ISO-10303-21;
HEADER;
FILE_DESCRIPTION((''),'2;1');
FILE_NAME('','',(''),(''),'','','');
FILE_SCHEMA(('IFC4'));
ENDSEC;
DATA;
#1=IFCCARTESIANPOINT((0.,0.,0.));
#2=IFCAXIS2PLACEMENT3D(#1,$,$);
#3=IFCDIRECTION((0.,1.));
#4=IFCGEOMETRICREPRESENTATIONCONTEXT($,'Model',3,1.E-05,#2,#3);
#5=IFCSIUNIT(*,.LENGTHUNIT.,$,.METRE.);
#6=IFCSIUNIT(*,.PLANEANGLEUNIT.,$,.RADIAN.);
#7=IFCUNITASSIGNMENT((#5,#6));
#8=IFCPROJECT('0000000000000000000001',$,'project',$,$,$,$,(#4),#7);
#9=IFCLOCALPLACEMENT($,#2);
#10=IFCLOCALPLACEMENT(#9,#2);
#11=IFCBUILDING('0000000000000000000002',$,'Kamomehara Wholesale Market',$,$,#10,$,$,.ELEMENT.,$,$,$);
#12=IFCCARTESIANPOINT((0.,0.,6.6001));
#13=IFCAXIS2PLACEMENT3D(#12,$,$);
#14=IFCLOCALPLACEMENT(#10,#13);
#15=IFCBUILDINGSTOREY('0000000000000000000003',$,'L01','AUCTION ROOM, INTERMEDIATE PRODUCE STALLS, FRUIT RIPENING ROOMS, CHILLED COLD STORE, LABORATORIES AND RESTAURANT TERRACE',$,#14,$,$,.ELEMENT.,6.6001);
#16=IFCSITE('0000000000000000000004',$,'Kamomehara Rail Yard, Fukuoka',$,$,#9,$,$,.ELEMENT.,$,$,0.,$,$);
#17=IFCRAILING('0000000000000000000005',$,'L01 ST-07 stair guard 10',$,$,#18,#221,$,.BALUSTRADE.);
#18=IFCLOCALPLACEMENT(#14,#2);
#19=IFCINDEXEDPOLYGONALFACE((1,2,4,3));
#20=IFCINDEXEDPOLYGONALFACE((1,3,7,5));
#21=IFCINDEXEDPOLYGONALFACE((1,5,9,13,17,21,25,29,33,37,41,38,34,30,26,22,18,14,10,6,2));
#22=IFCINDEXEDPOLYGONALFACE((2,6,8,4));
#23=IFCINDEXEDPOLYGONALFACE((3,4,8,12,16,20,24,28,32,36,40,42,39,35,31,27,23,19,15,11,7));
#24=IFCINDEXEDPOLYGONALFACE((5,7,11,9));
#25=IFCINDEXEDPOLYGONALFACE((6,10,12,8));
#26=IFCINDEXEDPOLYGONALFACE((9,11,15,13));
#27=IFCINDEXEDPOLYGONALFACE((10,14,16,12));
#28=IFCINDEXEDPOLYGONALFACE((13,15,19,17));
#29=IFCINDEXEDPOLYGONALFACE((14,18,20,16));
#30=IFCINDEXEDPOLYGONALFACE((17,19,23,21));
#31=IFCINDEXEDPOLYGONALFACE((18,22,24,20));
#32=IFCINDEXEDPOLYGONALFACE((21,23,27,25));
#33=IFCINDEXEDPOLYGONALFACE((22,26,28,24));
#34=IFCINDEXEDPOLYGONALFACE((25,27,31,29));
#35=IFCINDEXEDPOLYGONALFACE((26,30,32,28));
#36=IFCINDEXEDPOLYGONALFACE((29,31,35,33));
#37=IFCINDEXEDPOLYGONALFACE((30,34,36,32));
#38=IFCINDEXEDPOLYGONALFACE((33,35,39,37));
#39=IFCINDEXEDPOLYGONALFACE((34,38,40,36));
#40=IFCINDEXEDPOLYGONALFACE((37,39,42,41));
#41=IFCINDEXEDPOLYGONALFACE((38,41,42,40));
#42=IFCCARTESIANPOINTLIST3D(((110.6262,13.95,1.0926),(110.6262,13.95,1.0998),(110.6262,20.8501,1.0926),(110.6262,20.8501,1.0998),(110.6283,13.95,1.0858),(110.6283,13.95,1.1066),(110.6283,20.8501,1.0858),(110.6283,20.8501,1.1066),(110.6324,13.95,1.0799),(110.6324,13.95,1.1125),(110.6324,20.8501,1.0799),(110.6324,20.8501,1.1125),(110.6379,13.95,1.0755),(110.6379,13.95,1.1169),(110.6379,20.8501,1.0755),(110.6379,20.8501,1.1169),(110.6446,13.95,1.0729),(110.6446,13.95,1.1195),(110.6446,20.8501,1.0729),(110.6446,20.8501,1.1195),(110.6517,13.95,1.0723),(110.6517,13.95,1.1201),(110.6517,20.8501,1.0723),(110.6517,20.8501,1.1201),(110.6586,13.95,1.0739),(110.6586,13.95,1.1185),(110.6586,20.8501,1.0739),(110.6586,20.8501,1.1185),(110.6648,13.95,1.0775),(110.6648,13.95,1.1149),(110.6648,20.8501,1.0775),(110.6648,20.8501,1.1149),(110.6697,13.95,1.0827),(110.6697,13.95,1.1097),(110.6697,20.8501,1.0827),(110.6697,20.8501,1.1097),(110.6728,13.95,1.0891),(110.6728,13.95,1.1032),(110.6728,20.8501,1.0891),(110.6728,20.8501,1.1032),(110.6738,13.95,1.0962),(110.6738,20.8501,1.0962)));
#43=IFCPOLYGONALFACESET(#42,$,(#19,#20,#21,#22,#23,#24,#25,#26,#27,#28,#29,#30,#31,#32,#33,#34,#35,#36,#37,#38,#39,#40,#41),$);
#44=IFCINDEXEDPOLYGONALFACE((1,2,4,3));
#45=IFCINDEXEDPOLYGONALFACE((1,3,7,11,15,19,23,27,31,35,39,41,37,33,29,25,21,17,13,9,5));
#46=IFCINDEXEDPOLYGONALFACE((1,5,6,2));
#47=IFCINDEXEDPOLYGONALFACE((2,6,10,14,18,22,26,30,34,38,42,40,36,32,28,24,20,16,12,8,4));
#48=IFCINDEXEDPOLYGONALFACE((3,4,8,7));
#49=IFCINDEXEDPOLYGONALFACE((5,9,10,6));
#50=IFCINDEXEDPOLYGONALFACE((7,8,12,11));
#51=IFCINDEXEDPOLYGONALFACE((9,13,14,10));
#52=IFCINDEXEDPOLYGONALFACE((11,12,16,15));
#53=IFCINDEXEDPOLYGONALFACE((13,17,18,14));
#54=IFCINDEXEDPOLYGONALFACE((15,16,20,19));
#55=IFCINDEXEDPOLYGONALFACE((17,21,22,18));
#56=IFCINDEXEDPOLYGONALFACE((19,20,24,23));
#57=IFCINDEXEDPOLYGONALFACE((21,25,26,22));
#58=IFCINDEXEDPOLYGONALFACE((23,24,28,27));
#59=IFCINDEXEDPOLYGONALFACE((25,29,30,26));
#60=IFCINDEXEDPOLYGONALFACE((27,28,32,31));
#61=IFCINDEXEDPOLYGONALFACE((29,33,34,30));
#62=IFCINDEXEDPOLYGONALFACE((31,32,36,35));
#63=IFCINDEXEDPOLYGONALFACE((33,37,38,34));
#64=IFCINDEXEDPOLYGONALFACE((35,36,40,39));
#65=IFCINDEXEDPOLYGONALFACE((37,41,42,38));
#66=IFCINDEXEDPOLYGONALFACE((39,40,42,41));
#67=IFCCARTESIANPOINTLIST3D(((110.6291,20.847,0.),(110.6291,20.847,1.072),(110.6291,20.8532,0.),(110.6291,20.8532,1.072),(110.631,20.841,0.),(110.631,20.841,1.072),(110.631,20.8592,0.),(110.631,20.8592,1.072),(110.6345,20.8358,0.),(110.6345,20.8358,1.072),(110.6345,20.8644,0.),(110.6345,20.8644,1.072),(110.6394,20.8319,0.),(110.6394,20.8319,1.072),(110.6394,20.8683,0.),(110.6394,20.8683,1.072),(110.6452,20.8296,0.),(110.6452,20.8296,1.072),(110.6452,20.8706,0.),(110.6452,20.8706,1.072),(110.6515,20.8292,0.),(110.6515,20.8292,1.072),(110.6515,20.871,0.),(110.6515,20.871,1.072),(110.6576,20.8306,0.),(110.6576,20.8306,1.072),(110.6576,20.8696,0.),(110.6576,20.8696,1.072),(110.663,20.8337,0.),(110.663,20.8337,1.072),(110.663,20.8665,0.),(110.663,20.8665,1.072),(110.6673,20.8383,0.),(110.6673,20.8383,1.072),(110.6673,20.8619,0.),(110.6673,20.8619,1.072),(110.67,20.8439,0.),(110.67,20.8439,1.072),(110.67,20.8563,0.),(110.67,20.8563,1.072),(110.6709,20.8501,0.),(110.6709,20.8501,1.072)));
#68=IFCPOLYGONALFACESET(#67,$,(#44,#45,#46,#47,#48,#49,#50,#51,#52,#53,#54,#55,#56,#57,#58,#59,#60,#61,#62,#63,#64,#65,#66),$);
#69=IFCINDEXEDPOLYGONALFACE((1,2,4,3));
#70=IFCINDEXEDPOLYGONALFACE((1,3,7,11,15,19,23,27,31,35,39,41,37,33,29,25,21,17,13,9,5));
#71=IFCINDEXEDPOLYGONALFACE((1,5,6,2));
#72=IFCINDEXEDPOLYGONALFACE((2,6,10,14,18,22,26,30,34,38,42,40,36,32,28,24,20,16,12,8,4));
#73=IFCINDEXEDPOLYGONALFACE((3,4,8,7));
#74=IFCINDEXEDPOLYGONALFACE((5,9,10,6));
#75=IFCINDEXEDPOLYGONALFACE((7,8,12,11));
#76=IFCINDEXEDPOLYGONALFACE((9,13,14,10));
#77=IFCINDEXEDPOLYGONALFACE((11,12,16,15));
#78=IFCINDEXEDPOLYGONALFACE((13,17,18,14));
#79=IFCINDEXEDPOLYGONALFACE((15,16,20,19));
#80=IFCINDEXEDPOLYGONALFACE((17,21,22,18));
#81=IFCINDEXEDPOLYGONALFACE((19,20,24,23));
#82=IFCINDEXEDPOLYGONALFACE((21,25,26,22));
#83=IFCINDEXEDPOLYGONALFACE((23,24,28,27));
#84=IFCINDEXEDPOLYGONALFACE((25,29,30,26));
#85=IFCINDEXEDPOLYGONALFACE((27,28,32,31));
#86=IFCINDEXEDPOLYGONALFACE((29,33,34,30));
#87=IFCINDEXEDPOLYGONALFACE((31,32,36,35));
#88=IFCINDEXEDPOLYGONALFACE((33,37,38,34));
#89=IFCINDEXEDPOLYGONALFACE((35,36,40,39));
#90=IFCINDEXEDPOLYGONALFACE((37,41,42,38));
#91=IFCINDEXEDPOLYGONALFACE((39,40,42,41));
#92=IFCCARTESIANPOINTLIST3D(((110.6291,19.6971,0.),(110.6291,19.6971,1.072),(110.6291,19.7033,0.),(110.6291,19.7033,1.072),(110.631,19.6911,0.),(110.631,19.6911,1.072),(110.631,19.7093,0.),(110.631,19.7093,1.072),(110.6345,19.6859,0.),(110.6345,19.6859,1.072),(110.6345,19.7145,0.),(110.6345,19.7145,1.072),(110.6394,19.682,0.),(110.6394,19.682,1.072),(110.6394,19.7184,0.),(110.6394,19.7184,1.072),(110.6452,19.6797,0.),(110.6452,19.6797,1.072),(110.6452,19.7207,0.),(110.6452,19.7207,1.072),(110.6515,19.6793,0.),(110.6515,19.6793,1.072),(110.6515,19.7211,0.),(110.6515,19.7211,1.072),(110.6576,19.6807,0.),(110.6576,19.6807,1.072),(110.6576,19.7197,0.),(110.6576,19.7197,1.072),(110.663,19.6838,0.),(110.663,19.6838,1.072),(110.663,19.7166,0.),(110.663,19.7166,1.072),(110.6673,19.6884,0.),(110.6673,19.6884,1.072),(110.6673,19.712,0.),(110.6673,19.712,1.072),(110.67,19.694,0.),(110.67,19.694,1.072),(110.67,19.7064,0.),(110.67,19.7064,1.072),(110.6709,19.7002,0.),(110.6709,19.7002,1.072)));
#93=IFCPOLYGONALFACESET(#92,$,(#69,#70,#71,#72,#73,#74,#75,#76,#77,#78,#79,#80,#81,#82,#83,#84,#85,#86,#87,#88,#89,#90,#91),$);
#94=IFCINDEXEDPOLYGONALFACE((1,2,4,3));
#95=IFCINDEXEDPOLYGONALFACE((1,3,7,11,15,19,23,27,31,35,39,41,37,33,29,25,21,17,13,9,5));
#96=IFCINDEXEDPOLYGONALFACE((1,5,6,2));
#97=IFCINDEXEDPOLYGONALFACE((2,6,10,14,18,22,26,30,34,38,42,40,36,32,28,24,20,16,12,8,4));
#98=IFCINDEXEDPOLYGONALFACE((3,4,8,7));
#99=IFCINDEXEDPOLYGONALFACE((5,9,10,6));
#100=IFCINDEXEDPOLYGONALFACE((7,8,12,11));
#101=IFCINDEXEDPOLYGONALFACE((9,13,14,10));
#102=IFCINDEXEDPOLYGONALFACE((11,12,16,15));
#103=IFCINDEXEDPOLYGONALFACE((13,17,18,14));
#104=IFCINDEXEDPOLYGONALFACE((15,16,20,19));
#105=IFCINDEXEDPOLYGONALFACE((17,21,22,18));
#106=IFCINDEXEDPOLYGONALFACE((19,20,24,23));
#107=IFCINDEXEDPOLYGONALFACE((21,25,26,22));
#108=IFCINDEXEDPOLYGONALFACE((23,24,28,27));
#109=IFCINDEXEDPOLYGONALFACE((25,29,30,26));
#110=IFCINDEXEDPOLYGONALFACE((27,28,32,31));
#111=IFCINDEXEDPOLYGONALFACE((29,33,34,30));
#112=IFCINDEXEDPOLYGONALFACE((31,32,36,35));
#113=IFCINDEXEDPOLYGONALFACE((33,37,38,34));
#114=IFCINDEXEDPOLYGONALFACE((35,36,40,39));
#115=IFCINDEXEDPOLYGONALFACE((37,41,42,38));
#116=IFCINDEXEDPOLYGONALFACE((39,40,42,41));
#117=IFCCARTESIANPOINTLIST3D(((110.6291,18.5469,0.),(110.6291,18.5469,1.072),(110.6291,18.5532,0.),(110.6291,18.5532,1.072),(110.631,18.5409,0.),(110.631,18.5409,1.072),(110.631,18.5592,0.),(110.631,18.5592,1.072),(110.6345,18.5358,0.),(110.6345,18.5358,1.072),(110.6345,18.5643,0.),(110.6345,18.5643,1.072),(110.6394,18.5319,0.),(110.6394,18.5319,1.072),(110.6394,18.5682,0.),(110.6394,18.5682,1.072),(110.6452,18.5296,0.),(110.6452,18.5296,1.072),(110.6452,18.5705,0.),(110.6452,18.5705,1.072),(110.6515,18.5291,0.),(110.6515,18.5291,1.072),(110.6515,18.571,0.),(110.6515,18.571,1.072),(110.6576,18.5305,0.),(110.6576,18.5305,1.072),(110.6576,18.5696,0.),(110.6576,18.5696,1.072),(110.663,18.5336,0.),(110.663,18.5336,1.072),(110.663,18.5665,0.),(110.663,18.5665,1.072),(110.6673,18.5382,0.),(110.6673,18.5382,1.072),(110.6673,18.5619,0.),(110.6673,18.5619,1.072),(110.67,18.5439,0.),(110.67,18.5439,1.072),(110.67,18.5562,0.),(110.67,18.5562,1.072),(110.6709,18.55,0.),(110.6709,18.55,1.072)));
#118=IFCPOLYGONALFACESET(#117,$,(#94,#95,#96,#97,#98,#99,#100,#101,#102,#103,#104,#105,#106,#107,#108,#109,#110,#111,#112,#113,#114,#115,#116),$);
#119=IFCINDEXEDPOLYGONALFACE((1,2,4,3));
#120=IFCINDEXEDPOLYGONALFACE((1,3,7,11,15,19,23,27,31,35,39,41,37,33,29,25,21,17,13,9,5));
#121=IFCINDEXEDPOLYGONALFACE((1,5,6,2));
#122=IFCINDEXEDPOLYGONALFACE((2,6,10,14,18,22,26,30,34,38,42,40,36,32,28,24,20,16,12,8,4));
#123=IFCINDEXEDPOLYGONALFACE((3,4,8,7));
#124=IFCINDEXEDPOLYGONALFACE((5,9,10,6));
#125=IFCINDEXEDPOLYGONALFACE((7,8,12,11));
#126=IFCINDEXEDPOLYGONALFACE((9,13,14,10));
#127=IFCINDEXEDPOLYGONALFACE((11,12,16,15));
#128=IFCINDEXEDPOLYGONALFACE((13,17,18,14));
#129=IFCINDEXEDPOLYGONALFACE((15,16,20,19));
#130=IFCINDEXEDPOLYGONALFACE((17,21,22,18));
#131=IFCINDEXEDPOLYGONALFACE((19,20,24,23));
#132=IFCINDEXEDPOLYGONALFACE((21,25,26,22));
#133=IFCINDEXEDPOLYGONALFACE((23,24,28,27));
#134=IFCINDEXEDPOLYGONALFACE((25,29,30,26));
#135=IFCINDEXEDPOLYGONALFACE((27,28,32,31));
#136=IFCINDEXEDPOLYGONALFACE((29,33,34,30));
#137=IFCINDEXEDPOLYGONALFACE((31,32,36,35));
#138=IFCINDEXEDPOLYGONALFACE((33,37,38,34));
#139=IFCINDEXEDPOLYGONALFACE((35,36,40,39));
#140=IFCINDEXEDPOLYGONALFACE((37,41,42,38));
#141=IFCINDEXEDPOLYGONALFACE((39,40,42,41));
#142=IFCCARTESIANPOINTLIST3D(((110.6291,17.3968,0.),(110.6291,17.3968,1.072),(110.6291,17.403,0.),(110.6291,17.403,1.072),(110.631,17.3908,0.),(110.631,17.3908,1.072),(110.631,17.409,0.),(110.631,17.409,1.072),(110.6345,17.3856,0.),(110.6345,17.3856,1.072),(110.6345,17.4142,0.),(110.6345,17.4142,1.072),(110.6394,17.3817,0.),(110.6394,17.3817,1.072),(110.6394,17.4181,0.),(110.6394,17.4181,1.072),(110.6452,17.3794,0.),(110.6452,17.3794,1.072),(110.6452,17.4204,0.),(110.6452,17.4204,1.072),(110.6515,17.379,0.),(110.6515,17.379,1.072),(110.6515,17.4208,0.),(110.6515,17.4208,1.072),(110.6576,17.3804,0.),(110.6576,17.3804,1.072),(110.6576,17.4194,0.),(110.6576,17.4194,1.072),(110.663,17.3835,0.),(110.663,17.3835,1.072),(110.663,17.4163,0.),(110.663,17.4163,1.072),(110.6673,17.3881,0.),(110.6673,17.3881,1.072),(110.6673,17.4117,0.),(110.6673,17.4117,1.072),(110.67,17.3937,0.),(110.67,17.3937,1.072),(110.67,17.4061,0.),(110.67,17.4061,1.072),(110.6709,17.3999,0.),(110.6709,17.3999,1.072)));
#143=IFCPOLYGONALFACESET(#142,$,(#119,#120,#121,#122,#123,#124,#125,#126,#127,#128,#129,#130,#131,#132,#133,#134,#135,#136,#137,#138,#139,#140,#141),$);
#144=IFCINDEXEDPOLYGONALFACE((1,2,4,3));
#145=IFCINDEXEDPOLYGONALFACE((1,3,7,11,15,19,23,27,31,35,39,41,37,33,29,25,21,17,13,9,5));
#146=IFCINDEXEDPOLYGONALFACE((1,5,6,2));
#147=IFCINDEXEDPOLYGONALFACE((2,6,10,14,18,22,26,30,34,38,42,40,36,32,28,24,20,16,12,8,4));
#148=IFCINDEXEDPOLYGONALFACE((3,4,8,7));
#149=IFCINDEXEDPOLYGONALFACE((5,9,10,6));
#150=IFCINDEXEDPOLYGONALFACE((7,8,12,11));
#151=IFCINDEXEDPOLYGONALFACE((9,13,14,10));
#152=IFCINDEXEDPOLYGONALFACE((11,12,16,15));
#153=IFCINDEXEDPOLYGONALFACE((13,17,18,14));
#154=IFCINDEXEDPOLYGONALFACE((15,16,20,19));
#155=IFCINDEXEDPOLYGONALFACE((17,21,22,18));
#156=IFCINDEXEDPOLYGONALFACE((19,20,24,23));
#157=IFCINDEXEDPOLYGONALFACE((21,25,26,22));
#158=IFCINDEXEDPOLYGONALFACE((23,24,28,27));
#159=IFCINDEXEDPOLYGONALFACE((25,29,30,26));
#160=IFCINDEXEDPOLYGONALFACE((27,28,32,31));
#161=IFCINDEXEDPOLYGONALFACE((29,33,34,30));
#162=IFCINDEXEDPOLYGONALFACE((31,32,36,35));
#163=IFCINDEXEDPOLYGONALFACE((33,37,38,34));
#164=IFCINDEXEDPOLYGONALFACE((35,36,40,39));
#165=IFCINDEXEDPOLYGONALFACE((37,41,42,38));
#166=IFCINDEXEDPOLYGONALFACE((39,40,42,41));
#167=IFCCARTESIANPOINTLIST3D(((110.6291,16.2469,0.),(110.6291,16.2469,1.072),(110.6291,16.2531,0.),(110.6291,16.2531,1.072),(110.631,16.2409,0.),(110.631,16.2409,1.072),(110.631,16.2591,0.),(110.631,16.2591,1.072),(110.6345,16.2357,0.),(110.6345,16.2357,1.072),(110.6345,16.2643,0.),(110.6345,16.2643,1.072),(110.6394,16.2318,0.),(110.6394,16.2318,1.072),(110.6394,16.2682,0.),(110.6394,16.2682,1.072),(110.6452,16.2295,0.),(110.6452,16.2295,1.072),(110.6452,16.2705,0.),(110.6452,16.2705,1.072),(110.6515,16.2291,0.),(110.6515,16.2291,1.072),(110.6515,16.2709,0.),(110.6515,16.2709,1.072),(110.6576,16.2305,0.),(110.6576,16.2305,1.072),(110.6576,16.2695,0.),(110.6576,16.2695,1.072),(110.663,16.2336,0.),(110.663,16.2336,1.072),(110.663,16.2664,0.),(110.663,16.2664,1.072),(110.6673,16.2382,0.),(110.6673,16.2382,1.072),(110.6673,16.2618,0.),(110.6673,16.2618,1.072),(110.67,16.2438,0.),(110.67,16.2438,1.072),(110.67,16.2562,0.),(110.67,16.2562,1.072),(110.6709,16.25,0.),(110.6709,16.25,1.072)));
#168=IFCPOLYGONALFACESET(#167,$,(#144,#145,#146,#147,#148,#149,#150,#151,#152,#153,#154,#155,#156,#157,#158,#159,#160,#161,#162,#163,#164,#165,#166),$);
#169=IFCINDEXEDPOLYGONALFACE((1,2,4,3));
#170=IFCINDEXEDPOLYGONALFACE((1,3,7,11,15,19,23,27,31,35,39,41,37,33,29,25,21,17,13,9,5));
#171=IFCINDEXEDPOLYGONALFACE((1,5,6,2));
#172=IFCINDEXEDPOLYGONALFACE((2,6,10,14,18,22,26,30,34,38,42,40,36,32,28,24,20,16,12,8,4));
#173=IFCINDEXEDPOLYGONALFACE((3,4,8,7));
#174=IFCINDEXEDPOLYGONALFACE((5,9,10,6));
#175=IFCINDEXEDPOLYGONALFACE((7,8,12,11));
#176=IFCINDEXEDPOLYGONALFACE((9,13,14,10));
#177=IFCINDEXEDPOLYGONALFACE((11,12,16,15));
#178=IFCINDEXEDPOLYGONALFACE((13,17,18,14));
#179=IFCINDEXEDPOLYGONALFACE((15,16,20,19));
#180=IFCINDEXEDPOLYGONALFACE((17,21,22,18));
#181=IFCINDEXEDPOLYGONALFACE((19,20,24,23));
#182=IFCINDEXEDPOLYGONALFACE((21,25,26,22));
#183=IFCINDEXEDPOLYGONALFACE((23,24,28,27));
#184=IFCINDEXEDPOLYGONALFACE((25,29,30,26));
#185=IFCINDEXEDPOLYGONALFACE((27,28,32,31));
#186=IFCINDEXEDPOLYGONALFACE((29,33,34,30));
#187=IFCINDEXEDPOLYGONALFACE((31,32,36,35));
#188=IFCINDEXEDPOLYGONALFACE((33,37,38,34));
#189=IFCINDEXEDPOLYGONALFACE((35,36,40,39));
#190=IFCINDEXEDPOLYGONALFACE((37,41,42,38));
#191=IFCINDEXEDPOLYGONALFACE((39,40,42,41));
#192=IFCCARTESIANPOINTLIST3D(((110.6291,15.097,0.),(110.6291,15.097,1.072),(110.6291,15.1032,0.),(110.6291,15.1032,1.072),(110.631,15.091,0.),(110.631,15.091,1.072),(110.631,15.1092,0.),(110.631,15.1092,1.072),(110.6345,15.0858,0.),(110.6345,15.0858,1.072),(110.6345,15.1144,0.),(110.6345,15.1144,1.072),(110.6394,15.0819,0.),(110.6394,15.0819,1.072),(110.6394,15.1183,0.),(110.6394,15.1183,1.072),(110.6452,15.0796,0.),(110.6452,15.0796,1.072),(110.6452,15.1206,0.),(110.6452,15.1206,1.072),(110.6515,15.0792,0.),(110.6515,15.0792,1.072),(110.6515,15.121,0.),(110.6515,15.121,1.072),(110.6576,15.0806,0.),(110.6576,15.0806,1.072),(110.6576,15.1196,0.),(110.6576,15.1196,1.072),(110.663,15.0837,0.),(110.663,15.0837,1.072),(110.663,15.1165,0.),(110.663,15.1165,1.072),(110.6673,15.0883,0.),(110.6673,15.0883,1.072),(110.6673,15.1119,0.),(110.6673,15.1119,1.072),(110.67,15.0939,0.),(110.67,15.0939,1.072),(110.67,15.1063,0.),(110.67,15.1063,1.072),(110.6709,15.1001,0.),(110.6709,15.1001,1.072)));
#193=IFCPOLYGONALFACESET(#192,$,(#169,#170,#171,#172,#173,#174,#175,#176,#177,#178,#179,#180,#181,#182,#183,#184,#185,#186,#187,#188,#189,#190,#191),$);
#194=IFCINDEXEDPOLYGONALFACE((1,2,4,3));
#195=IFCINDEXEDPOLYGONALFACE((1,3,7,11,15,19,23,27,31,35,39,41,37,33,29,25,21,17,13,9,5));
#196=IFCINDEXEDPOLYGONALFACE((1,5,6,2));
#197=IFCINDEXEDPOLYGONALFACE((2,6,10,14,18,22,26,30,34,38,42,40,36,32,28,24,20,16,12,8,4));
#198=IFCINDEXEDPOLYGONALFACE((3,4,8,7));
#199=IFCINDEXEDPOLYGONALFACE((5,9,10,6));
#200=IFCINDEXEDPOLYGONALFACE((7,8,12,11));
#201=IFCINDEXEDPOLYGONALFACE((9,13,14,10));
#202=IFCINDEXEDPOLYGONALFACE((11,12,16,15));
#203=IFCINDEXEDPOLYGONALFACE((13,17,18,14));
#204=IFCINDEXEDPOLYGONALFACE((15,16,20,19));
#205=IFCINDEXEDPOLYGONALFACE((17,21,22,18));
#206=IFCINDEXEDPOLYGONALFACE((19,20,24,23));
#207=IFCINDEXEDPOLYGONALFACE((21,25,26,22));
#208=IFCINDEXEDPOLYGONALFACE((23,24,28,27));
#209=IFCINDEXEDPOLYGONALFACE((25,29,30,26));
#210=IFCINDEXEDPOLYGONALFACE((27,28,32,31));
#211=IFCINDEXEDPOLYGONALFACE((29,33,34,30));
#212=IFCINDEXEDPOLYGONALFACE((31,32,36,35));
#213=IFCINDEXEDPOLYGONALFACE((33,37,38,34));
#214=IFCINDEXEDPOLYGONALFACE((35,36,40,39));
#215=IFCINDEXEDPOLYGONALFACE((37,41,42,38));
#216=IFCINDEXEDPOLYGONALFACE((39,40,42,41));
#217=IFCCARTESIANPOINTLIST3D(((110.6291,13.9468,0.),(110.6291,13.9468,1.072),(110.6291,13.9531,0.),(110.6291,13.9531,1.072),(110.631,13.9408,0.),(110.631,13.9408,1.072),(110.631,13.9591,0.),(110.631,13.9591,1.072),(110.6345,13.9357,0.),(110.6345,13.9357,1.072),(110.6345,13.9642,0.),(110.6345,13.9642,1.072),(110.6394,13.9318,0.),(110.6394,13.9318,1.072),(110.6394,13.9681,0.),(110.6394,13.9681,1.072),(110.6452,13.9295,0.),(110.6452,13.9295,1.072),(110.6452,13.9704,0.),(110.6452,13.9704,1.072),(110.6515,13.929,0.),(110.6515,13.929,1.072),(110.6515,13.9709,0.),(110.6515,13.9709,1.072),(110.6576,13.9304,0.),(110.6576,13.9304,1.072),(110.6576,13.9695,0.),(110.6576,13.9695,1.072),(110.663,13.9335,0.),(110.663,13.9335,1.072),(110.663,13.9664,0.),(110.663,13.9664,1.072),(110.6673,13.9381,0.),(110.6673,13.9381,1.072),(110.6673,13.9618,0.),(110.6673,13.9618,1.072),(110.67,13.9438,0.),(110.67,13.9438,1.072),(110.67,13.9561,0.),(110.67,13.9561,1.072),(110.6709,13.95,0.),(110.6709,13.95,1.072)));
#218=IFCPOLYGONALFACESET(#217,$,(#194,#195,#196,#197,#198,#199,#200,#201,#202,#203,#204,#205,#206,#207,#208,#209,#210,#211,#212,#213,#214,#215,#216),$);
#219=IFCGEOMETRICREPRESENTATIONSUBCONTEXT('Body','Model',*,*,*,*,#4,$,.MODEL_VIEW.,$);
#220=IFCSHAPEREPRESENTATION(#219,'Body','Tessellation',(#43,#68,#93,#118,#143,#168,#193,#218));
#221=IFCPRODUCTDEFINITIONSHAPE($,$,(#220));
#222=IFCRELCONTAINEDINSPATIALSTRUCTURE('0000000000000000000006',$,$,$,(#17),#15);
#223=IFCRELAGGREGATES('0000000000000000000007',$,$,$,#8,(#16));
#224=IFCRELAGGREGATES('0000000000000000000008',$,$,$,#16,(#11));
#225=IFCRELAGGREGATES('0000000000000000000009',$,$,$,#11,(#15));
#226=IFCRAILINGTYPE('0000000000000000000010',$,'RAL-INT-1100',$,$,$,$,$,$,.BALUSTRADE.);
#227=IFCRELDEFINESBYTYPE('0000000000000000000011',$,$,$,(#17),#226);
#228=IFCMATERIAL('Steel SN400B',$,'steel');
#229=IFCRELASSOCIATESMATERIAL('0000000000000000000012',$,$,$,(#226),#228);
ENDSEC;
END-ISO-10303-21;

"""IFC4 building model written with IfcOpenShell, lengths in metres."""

from ifc_helpers import new_model, si_unit, direction, frame, origin, origin_2d, place, context, subcontext, project, spatial, circle, extrude, material, type_object, element, save


model = new_model("IFC4")

# Units and contexts
model_context = context("Model", 3, precision=1e-05, world=origin(), true_north=direction((0.0, 1.0)))
body_context = subcontext(model_context, "Body", "Model", "MODEL_VIEW")
ifc_project = project(units=[si_unit("LENGTHUNIT", "METRE"), si_unit("PLANEANGLEUNIT", "RADIAN")], contexts=[model_context])

# Site, building, storey
site_placement = place(None, origin())
site = spatial("IfcSite", under=ifc_project, at=site_placement, Name="Kamomehara Rail Yard, Fukuoka", CompositionType="ELEMENT", RefElevation=0.0)
building_placement = place(site_placement, origin())
building = spatial("IfcBuilding", under=site, at=building_placement, Name="Kamomehara Wholesale Market", CompositionType="ELEMENT")
storey_placement = place(building_placement, frame((0.0, 0.0, 6.6001)))
storey = spatial("IfcBuildingStorey", under=building, at=storey_placement, Name="L01", Description="AUCTION ROOM, INTERMEDIATE PRODUCE STALLS, FRUIT RIPENING ROOMS, CHILLED COLD STORE, LABORATORIES AND RESTAURANT TERRACE", CompositionType="ELEMENT", Elevation=6.6001)

# Railing
ifc_material_1 = material(Name="Steel SN400B", Category="steel")
railing_type_1 = type_object("IfcRailingType", Name="RAL-INT-1100", PredefinedType="BALUSTRADE", material=ifc_material_1)
railing_1_placement = place(storey_placement, frame((110.6499, 20.8501, 0.0)))
element("IfcRailing", 1, at=railing_1_placement, inside=storey, type_object=railing_type_1, Name="L01 ST-07 stair guard 10", PredefinedType="BALUSTRADE", context=body_context, shape_type="SweptSolid", body=[
    extrude(circle(Radius=0.0239, at=origin_2d()), frame((0.0, 0.0, 1.0962), z_axis=(0.0, -1.0, 0.0), x_axis=(1.0, 0.0, 0.0)), (0.0, 0.0, 1.0), 6.9001),
    extrude(circle(Radius=0.021, at=origin_2d()), origin(), (0.0, 0.0, 1.0), 1.072),
    extrude(circle(Radius=0.021, at=origin_2d()), frame((0.0, -1.1499, 0.0)), (0.0, 0.0, 1.0), 1.072),
    extrude(circle(Radius=0.021, at=origin_2d()), frame((0.0, -2.3, 0.0)), (0.0, 0.0, 1.0), 1.072),
    extrude(circle(Radius=0.021, at=origin_2d()), frame((0.0, -3.4502, 0.0)), (0.0, 0.0, 1.0), 1.072),
    extrude(circle(Radius=0.021, at=origin_2d()), frame((0.0, -4.6001, 0.0)), (0.0, 0.0, 1.0), 1.072),
    extrude(circle(Radius=0.021, at=origin_2d()), frame((0.0, -5.75, 0.0)), (0.0, 0.0, 1.0), 1.072),
    extrude(circle(Radius=0.021, at=origin_2d()), frame((0.0, -6.9001, 0.0)), (0.0, 0.0, 1.0), 1.072),
])

save(model, "model.ifc")
